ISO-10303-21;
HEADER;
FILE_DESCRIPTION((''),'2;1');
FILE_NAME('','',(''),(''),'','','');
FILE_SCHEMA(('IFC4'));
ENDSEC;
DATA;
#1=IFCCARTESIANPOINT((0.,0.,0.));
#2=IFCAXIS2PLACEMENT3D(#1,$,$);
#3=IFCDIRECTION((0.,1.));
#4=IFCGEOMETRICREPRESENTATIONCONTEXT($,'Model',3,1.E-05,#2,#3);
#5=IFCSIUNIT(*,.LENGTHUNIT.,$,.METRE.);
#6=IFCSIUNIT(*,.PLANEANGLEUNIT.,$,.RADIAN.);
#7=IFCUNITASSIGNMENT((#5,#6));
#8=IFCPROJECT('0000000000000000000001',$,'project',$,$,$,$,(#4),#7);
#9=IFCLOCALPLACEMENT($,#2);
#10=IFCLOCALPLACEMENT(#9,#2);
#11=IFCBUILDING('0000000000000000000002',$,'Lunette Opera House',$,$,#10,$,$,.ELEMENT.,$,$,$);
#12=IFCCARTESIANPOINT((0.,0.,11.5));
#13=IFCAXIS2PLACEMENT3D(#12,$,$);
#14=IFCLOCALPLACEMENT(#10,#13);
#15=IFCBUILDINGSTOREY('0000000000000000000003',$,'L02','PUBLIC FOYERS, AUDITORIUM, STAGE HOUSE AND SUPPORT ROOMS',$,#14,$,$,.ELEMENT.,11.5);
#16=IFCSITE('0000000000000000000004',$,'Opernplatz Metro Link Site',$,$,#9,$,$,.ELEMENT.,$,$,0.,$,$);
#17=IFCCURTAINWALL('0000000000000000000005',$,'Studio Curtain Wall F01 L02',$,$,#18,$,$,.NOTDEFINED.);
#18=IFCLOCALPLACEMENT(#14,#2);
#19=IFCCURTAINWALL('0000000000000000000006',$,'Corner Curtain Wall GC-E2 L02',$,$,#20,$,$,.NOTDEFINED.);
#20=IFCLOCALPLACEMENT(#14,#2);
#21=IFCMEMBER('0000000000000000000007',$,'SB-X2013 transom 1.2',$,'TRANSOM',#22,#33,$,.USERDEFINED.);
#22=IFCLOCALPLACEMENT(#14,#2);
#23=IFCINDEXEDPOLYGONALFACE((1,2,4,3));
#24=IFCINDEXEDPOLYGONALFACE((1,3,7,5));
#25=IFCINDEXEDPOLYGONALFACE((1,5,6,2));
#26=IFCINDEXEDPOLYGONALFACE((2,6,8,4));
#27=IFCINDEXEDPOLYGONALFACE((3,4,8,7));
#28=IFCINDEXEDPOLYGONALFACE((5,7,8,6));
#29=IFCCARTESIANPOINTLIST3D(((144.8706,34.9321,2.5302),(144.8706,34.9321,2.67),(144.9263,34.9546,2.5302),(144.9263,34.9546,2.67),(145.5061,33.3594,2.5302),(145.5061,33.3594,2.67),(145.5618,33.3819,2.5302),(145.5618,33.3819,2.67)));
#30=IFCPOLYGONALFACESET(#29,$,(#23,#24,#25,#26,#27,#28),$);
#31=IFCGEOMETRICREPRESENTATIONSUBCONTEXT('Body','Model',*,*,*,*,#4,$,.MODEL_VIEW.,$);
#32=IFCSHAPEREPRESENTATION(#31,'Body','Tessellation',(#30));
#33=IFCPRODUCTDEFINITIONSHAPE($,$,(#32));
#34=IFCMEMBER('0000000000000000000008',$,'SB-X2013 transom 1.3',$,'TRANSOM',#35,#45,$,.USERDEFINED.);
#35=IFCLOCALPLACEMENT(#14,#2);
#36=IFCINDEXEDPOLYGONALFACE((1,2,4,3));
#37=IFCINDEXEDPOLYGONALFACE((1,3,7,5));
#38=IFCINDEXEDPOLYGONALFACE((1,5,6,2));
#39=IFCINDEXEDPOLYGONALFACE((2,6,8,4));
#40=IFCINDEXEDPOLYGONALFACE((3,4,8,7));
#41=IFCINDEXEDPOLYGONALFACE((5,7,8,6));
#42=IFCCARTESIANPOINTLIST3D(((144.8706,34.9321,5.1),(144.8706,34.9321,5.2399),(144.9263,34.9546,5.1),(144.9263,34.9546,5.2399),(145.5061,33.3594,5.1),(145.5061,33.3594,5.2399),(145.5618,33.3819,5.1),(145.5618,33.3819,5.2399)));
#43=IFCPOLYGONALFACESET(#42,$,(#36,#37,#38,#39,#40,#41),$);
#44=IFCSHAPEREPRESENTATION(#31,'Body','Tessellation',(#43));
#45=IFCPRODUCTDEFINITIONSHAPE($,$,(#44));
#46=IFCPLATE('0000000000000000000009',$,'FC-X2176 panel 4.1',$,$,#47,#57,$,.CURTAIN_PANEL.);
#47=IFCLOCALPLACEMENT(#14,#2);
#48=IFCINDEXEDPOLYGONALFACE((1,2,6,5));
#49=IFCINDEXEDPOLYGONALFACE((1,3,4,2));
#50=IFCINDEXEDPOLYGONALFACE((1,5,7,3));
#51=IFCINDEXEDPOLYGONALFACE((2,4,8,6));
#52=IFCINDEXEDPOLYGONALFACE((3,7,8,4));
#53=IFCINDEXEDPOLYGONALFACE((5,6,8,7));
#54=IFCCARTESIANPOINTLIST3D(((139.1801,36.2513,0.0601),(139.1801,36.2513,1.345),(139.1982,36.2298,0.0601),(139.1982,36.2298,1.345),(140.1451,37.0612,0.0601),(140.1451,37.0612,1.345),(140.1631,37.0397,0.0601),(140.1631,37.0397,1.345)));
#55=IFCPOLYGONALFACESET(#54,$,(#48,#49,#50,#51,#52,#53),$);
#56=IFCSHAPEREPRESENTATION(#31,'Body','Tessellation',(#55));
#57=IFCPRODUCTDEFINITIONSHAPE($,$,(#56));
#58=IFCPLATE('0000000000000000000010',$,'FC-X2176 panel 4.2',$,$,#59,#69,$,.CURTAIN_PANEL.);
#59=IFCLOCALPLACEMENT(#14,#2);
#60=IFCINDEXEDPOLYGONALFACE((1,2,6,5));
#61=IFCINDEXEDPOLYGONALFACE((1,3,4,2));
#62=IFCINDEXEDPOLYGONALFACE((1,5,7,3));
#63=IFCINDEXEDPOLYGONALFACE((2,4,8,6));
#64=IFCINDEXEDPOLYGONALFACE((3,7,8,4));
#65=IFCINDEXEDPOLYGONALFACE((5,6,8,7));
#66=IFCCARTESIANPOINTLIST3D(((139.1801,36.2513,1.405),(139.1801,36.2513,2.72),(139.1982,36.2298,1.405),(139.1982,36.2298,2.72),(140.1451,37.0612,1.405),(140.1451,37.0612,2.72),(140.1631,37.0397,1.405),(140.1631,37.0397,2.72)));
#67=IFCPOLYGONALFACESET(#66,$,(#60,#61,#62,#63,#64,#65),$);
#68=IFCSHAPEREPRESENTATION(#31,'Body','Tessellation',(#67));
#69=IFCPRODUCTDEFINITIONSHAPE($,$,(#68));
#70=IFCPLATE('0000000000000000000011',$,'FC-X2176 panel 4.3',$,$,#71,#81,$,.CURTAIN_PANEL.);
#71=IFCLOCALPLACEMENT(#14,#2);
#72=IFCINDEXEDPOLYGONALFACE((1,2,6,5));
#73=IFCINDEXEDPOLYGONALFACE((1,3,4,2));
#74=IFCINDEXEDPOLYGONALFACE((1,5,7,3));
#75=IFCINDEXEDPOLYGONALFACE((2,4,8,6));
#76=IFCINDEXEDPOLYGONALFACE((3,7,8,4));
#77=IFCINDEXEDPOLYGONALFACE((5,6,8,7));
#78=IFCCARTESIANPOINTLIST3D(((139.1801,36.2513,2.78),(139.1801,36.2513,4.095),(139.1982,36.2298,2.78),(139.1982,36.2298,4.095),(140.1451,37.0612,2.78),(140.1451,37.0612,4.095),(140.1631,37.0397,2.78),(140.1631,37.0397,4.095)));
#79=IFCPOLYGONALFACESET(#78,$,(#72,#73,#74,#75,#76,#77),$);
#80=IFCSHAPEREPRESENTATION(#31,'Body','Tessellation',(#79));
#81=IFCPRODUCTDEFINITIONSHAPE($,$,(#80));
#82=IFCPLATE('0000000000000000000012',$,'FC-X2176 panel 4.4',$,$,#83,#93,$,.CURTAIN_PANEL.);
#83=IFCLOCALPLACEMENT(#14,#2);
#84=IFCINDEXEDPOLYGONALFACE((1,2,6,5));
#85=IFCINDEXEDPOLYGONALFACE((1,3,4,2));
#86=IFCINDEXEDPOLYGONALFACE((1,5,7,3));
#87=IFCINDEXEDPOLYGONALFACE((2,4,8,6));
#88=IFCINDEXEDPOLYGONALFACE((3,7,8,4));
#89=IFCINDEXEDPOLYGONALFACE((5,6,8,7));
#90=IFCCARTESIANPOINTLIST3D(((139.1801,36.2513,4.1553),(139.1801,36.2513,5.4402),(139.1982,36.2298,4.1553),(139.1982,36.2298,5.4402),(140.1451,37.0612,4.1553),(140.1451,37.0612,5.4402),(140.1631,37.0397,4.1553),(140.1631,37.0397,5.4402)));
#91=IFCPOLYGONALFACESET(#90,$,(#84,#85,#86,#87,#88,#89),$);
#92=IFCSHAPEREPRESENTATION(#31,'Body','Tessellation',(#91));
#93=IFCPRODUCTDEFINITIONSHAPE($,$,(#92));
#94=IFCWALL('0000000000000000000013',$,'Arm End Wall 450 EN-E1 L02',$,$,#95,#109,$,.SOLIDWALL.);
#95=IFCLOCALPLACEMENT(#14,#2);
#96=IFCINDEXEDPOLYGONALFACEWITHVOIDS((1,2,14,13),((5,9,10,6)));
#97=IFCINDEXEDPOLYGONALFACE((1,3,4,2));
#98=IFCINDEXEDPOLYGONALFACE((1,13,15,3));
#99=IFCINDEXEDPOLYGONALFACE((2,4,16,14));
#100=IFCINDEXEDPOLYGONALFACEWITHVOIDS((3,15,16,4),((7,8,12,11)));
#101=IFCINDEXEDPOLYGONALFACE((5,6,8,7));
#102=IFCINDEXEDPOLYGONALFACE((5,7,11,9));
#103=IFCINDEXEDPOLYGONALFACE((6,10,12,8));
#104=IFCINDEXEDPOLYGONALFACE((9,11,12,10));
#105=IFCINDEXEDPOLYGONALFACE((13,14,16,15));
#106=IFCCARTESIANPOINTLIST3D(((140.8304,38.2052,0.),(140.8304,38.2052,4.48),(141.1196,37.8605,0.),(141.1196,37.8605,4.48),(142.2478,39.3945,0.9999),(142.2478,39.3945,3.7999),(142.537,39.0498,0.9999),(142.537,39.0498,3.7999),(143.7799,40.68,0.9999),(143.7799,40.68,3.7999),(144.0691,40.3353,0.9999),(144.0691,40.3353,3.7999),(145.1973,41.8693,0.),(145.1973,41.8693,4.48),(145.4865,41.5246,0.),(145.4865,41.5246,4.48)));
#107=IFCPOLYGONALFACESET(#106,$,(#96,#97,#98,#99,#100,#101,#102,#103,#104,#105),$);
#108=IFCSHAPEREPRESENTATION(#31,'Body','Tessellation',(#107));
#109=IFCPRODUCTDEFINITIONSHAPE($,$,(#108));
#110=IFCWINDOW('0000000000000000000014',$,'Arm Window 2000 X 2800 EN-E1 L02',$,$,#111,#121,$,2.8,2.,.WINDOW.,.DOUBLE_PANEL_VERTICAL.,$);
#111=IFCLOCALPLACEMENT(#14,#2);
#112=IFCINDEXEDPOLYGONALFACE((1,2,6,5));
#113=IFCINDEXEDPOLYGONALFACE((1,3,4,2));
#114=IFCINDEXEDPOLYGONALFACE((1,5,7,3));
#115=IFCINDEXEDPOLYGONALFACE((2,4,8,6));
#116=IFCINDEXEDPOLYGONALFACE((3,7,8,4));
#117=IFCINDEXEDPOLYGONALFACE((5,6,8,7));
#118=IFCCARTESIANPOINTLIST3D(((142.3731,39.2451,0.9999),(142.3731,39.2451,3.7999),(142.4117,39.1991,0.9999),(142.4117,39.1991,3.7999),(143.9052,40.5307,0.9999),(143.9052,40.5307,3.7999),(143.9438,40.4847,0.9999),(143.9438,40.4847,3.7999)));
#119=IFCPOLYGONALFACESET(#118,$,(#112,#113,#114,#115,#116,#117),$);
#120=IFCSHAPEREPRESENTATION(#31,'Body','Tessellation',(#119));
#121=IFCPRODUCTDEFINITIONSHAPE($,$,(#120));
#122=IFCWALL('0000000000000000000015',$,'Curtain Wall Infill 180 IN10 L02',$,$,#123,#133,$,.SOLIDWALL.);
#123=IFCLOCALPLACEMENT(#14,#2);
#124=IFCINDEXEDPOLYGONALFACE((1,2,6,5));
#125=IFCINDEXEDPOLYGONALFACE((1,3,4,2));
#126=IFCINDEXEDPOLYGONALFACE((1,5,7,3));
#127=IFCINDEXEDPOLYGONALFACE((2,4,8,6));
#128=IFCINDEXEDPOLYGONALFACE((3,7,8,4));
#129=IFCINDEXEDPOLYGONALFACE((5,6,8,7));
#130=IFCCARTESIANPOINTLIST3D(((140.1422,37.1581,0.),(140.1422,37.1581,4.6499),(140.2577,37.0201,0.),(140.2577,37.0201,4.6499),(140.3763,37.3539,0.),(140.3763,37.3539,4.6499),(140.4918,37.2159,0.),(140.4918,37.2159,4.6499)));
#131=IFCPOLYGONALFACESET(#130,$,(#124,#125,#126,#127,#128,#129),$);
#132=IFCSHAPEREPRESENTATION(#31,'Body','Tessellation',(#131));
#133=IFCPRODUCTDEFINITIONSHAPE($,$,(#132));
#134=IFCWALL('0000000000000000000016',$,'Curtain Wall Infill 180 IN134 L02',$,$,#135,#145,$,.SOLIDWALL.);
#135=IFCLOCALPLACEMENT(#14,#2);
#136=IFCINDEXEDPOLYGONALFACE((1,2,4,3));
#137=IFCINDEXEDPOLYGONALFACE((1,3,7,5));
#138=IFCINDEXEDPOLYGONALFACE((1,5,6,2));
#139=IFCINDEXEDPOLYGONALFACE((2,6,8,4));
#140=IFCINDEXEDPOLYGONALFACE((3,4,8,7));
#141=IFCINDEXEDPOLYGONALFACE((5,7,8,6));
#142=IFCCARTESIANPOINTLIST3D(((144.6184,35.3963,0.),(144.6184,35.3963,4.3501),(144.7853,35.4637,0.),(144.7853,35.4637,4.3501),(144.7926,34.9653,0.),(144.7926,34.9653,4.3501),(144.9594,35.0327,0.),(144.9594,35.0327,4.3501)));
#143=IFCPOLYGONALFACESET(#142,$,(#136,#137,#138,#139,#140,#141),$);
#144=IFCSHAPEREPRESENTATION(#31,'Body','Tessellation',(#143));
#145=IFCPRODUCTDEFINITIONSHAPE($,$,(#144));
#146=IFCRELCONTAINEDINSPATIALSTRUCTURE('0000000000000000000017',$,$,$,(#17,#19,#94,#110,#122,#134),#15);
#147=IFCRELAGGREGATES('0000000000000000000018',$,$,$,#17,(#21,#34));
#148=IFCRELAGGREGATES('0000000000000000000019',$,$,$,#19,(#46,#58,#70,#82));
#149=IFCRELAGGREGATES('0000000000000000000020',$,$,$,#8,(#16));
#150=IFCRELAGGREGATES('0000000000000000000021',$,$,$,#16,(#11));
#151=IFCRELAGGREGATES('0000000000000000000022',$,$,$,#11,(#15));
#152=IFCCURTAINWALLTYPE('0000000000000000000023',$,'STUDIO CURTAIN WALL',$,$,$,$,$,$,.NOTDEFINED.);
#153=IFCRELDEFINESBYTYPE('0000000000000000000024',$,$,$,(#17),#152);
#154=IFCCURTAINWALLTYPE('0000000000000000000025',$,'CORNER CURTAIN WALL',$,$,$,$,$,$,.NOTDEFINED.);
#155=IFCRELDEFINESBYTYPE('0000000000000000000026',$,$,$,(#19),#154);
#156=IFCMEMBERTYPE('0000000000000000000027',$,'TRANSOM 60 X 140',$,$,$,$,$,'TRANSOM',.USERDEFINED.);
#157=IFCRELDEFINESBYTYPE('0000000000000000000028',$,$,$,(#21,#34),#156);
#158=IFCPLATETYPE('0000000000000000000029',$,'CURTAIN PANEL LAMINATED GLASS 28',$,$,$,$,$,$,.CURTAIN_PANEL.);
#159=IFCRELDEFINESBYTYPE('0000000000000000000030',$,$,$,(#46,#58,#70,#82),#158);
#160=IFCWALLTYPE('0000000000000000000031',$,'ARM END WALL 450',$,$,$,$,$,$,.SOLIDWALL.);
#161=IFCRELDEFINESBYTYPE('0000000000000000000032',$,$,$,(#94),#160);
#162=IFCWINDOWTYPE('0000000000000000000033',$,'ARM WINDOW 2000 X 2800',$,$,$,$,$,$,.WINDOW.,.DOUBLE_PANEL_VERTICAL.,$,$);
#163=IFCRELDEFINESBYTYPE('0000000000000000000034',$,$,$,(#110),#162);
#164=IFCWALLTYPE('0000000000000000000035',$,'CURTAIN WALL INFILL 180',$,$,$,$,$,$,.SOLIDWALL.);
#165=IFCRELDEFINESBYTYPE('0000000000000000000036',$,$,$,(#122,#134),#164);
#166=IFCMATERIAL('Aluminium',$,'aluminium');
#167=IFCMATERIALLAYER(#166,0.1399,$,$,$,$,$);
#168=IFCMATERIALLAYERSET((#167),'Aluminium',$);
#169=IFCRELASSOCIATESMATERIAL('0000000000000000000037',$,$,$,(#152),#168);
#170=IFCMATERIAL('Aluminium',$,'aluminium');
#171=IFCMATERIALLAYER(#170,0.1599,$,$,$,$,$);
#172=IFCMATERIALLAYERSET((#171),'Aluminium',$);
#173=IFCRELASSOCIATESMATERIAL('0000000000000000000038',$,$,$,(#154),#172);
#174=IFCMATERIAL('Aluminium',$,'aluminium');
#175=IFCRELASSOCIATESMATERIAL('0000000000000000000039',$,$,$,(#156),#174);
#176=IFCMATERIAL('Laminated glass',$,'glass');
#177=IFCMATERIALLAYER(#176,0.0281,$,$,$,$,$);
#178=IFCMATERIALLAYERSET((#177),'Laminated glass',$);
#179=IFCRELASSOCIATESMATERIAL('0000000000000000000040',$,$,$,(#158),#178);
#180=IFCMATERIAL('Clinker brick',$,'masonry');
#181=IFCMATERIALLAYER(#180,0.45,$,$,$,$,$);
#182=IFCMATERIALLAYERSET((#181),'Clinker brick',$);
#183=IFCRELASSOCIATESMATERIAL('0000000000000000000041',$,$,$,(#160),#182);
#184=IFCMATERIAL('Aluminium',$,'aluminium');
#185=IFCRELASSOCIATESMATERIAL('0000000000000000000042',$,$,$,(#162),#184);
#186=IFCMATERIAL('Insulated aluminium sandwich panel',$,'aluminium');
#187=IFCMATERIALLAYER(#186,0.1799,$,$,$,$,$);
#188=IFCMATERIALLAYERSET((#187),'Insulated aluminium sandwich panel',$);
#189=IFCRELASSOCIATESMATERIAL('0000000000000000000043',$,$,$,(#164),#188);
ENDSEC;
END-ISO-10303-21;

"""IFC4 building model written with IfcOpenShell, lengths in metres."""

from ifc_helpers import new_model, si_unit, direction, frame, frame_2d, origin, origin_2d, place, context, subcontext, project, spatial, rectangle, extrude, material, layer, layer_set, material_profile, profile_set, type_object, element, fill, aggregate, save


model = new_model("IFC4")

# Units and contexts
model_context = context("Model", 3, precision=1e-05, world=origin(), true_north=direction((0.0, 1.0)))
body_context = subcontext(model_context, "Body", "Model", "MODEL_VIEW")
ifc_project = project(units=[si_unit("LENGTHUNIT", "METRE"), si_unit("PLANEANGLEUNIT", "RADIAN")], contexts=[model_context])

# Site, building, storey
site_placement = place(None, origin())
site = spatial("IfcSite", under=ifc_project, at=site_placement, Name="Opernplatz Metro Link Site", CompositionType="ELEMENT", RefElevation=0.0)
building_placement = place(site_placement, origin())
building = spatial("IfcBuilding", under=site, at=building_placement, Name="Lunette Opera House", CompositionType="ELEMENT")
storey_placement = place(building_placement, frame((0.0, 0.0, 11.5)))
storey = spatial("IfcBuildingStorey", under=building, at=storey_placement, Name="L02", Description="PUBLIC FOYERS, AUDITORIUM, STAGE HOUSE AND SUPPORT ROOMS", CompositionType="ELEMENT", Elevation=11.5)

# Curtain walls
ifc_material_1 = material(Name="Aluminium", Category="aluminium")
ifc_layer_1 = layer(ifc_material_1, 0.1399)
ifc_layer_set_1 = layer_set([ifc_layer_1], Name="Aluminium")
curtain_wall_type_1 = type_object("IfcCurtainWallType", Name="STUDIO CURTAIN WALL", PredefinedType="NOTDEFINED", material=ifc_layer_set_1)
curtain_wall_1_placement = place(storey_placement, origin())
curtain_wall_1 = element("IfcCurtainWall", 1, at=curtain_wall_1_placement, inside=storey, type_object=curtain_wall_type_1, Name="Studio Curtain Wall F01 L02", PredefinedType="NOTDEFINED")
ifc_material_2 = material(Name="Aluminium", Category="aluminium")
ifc_layer_2 = layer(ifc_material_2, 0.1599)
ifc_layer_set_2 = layer_set([ifc_layer_2], Name="Aluminium")
curtain_wall_type_2 = type_object("IfcCurtainWallType", Name="CORNER CURTAIN WALL", PredefinedType="NOTDEFINED", material=ifc_layer_set_2)
curtain_wall_2_placement = place(storey_placement, origin())
curtain_wall_2 = element("IfcCurtainWall", 2, at=curtain_wall_2_placement, inside=storey, type_object=curtain_wall_type_2, Name="Corner Curtain Wall GC-E2 L02", PredefinedType="NOTDEFINED")

# Members
ifc_material_3 = material(Name="Aluminium", Category="aluminium")
ifc_material_profile_1 = material_profile(ifc_material_3, rectangle(XDim=0.0601, YDim=0.1399, at=origin_2d()), Name="TRANSOM 60 X 140")
ifc_profile_set_1 = profile_set([ifc_material_profile_1], Name="Aluminium")
member_type_1 = type_object("IfcMemberType", Name="TRANSOM 60 X 140", ElementType="TRANSOM", PredefinedType="USERDEFINED", material=ifc_profile_set_1)
member_1_placement = place(storey_placement, frame((144.8984, 34.9434, 2.6001), z_axis=(0.374639, -0.927171, 0.0), x_axis=(0.927171, 0.374639, 0.0)))
member_1 = element("IfcMember", 3, at=member_1_placement, type_object=member_type_1, Name="SB-X2013 transom 1.2", ObjectType="TRANSOM", PredefinedType="USERDEFINED", context=body_context, shape_type="SweptSolid", body=[
    extrude(rectangle(XDim=0.0601, YDim=0.1399, at=origin_2d()), origin(), (0.0, 0.0, 1.0), 1.6963),
])
member_2_placement = place(storey_placement, frame((144.8984, 34.9434, 5.1699), z_axis=(0.374639, -0.927171, 0.0), x_axis=(0.927171, 0.374639, 0.0)))
member_2 = element("IfcMember", 4, at=member_2_placement, type_object=member_type_1, Name="SB-X2013 transom 1.3", ObjectType="TRANSOM", PredefinedType="USERDEFINED", context=body_context, shape_type="SweptSolid", body=[
    extrude(rectangle(XDim=0.0601, YDim=0.1399, at=origin_2d()), origin(), (0.0, 0.0, 1.0), 1.6963),
])
aggregate(curtain_wall_1, [member_1, member_2])

# Plates
ifc_material_4 = material(Name="Laminated glass", Category="glass")
ifc_layer_3 = layer(ifc_material_4, 0.0281)
ifc_layer_set_3 = layer_set([ifc_layer_3], Name="Laminated glass")
plate_type = type_object("IfcPlateType", Name="CURTAIN PANEL LAMINATED GLASS 28", PredefinedType="CURTAIN_PANEL", material=ifc_layer_set_3)
plate_1_placement = place(storey_placement, frame((139.6716, 36.6455, 0.0601), z_axis=(0.0, 0.0, 1.0), x_axis=(0.766, 0.64284, 0.0)))
plate_1 = element("IfcPlate", 5, at=plate_1_placement, type_object=plate_type, Name="FC-X2176 panel 4.1", PredefinedType="CURTAIN_PANEL", context=body_context, shape_type="SweptSolid", body=[
    extrude(rectangle(XDim=1.2598, YDim=0.0281, at=origin_2d()), origin(), (0.0, 0.0, 1.0), 1.2849),
])
plate_2_placement = place(storey_placement, frame((139.6716, 36.6455, 1.405), z_axis=(0.0, 0.0, 1.0), x_axis=(0.766, 0.64284, 0.0)))
plate_2 = element("IfcPlate", 6, at=plate_2_placement, type_object=plate_type, Name="FC-X2176 panel 4.2", PredefinedType="CURTAIN_PANEL", context=body_context, shape_type="SweptSolid", body=[
    extrude(rectangle(XDim=1.2598, YDim=0.0281, at=origin_2d()), origin(), (0.0, 0.0, 1.0), 1.3149),
])
plate_3_placement = place(storey_placement, frame((139.6716, 36.6455, 2.78), z_axis=(0.0, 0.0, 1.0), x_axis=(0.766, 0.64284, 0.0)))
plate_3 = element("IfcPlate", 7, at=plate_3_placement, type_object=plate_type, Name="FC-X2176 panel 4.3", PredefinedType="CURTAIN_PANEL", context=body_context, shape_type="SweptSolid", body=[
    extrude(rectangle(XDim=1.2598, YDim=0.0281, at=origin_2d()), origin(), (0.0, 0.0, 1.0), 1.3149),
])
plate_4_placement = place(storey_placement, frame((139.6716, 36.6455, 4.1553), z_axis=(0.0, 0.0, 1.0), x_axis=(0.766, 0.64284, 0.0)))
plate_4 = element("IfcPlate", 8, at=plate_4_placement, type_object=plate_type, Name="FC-X2176 panel 4.4", PredefinedType="CURTAIN_PANEL", context=body_context, shape_type="SweptSolid", body=[
    extrude(rectangle(XDim=1.2598, YDim=0.0281, at=origin_2d()), origin(), (0.0, 0.0, 1.0), 1.2849),
])
aggregate(curtain_wall_2, [plate_1, plate_2, plate_3, plate_4])

# Wall, opening, window
ifc_material_5 = material(Name="Clinker brick", Category="masonry")
ifc_layer_4 = layer(ifc_material_5, 0.45)
ifc_layer_set_4 = layer_set([ifc_layer_4], Name="Clinker brick")
wall_type_1 = type_object("IfcWallType", Name="ARM END WALL 450", PredefinedType="SOLIDWALL", material=ifc_layer_set_4)
wall_1_placement = place(storey_placement, frame((140.9751, 38.033, 0.0), z_axis=(0.0, 0.0, 1.0), x_axis=(0.766065, 0.642763, 0.0)))
wall_1 = element("IfcWall", 9, at=wall_1_placement, inside=storey, type_object=wall_type_1, Name="Arm End Wall 450 EN-E1 L02", PredefinedType="SOLIDWALL", context=body_context, shape_type="SweptSolid", body=[
    extrude(rectangle(XDim=5.7004, YDim=0.45, at=frame_2d((2.8501, 0.0))), origin(), (0.0, 0.0, 1.0), 4.48),
])
opening_placement = place(wall_1_placement, frame((1.8501, 0.0, 1.0)))
opening = element("IfcOpeningElement", 10, at=opening_placement, cuts=wall_1, PredefinedType="OPENING", context=body_context, shape_type="SweptSolid", body=[
    extrude(rectangle(XDim=2.0, YDim=2.8, at=frame_2d((1.0, 1.3999))), frame((0.0, 0.2371, 0.0), z_axis=(0.0, -1.0, 0.0), x_axis=(1.0, 0.0, 0.0)), (0.0, 0.0, 1.0), 0.4739),
])
ifc_material_6 = material(Name="Aluminium", Category="aluminium")
window_type = type_object("IfcWindowType", Name="ARM WINDOW 2000 X 2800", PartitioningType="DOUBLE_PANEL_VERTICAL", PredefinedType="WINDOW", material=ifc_material_6)
window_placement = place(opening_placement, origin())
window = element("IfcWindow", 11, at=window_placement, inside=storey, type_object=window_type, Name="Arm Window 2000 X 2800 EN-E1 L02", OverallHeight=2.8, OverallWidth=2.0, PartitioningType="DOUBLE_PANEL_VERTICAL", PredefinedType="WINDOW", context=body_context, shape_type="SweptSolid", body=[
    extrude(rectangle(XDim=2.0, YDim=2.8, at=frame_2d((1.0, 1.3999))), frame((0.0, 0.03, 0.0), z_axis=(0.0, -1.0, 0.0), x_axis=(1.0, 0.0, 0.0)), (0.0, 0.0, 1.0), 0.0601),
])
fill(opening, window)

# Walls
ifc_material_7 = material(Name="Insulated aluminium sandwich panel", Category="aluminium")
ifc_layer_5 = layer(ifc_material_7, 0.1799)
ifc_layer_set_5 = layer_set([ifc_layer_5], Name="Insulated aluminium sandwich panel")
wall_type_2 = type_object("IfcWallType", Name="CURTAIN WALL INFILL 180", PredefinedType="SOLIDWALL", material=ifc_layer_set_5)
wall_2_placement = place(storey_placement, frame((140.2, 37.0891, 0.0), z_axis=(0.0, 0.0, 1.0), x_axis=(0.767105, 0.641521, 0.0)))
element("IfcWall", 12, at=wall_2_placement, inside=storey, type_object=wall_type_2, Name="Curtain Wall Infill 180 IN10 L02", PredefinedType="SOLIDWALL", context=body_context, shape_type="SweptSolid", body=[
    extrude(rectangle(XDim=0.3052, YDim=0.1799, at=frame_2d((0.1526, 0.0))), origin(), (0.0, 0.0, 1.0), 4.6499),
])
wall_3_placement = place(storey_placement, frame((144.876, 34.999, 0.0), z_axis=(0.0, 0.0, 1.0), x_axis=(-0.374559, 0.927203, 0.0)))
element("IfcWall", 13, at=wall_3_placement, inside=storey, type_object=wall_type_2, Name="Curtain Wall Infill 180 IN134 L02", PredefinedType="SOLIDWALL", context=body_context, shape_type="SweptSolid", body=[
    extrude(rectangle(XDim=0.4648, YDim=0.1799, at=frame_2d((0.2324, 0.0))), origin(), (0.0, 0.0, 1.0), 4.3501),
])

save(model, "model.ifc")
